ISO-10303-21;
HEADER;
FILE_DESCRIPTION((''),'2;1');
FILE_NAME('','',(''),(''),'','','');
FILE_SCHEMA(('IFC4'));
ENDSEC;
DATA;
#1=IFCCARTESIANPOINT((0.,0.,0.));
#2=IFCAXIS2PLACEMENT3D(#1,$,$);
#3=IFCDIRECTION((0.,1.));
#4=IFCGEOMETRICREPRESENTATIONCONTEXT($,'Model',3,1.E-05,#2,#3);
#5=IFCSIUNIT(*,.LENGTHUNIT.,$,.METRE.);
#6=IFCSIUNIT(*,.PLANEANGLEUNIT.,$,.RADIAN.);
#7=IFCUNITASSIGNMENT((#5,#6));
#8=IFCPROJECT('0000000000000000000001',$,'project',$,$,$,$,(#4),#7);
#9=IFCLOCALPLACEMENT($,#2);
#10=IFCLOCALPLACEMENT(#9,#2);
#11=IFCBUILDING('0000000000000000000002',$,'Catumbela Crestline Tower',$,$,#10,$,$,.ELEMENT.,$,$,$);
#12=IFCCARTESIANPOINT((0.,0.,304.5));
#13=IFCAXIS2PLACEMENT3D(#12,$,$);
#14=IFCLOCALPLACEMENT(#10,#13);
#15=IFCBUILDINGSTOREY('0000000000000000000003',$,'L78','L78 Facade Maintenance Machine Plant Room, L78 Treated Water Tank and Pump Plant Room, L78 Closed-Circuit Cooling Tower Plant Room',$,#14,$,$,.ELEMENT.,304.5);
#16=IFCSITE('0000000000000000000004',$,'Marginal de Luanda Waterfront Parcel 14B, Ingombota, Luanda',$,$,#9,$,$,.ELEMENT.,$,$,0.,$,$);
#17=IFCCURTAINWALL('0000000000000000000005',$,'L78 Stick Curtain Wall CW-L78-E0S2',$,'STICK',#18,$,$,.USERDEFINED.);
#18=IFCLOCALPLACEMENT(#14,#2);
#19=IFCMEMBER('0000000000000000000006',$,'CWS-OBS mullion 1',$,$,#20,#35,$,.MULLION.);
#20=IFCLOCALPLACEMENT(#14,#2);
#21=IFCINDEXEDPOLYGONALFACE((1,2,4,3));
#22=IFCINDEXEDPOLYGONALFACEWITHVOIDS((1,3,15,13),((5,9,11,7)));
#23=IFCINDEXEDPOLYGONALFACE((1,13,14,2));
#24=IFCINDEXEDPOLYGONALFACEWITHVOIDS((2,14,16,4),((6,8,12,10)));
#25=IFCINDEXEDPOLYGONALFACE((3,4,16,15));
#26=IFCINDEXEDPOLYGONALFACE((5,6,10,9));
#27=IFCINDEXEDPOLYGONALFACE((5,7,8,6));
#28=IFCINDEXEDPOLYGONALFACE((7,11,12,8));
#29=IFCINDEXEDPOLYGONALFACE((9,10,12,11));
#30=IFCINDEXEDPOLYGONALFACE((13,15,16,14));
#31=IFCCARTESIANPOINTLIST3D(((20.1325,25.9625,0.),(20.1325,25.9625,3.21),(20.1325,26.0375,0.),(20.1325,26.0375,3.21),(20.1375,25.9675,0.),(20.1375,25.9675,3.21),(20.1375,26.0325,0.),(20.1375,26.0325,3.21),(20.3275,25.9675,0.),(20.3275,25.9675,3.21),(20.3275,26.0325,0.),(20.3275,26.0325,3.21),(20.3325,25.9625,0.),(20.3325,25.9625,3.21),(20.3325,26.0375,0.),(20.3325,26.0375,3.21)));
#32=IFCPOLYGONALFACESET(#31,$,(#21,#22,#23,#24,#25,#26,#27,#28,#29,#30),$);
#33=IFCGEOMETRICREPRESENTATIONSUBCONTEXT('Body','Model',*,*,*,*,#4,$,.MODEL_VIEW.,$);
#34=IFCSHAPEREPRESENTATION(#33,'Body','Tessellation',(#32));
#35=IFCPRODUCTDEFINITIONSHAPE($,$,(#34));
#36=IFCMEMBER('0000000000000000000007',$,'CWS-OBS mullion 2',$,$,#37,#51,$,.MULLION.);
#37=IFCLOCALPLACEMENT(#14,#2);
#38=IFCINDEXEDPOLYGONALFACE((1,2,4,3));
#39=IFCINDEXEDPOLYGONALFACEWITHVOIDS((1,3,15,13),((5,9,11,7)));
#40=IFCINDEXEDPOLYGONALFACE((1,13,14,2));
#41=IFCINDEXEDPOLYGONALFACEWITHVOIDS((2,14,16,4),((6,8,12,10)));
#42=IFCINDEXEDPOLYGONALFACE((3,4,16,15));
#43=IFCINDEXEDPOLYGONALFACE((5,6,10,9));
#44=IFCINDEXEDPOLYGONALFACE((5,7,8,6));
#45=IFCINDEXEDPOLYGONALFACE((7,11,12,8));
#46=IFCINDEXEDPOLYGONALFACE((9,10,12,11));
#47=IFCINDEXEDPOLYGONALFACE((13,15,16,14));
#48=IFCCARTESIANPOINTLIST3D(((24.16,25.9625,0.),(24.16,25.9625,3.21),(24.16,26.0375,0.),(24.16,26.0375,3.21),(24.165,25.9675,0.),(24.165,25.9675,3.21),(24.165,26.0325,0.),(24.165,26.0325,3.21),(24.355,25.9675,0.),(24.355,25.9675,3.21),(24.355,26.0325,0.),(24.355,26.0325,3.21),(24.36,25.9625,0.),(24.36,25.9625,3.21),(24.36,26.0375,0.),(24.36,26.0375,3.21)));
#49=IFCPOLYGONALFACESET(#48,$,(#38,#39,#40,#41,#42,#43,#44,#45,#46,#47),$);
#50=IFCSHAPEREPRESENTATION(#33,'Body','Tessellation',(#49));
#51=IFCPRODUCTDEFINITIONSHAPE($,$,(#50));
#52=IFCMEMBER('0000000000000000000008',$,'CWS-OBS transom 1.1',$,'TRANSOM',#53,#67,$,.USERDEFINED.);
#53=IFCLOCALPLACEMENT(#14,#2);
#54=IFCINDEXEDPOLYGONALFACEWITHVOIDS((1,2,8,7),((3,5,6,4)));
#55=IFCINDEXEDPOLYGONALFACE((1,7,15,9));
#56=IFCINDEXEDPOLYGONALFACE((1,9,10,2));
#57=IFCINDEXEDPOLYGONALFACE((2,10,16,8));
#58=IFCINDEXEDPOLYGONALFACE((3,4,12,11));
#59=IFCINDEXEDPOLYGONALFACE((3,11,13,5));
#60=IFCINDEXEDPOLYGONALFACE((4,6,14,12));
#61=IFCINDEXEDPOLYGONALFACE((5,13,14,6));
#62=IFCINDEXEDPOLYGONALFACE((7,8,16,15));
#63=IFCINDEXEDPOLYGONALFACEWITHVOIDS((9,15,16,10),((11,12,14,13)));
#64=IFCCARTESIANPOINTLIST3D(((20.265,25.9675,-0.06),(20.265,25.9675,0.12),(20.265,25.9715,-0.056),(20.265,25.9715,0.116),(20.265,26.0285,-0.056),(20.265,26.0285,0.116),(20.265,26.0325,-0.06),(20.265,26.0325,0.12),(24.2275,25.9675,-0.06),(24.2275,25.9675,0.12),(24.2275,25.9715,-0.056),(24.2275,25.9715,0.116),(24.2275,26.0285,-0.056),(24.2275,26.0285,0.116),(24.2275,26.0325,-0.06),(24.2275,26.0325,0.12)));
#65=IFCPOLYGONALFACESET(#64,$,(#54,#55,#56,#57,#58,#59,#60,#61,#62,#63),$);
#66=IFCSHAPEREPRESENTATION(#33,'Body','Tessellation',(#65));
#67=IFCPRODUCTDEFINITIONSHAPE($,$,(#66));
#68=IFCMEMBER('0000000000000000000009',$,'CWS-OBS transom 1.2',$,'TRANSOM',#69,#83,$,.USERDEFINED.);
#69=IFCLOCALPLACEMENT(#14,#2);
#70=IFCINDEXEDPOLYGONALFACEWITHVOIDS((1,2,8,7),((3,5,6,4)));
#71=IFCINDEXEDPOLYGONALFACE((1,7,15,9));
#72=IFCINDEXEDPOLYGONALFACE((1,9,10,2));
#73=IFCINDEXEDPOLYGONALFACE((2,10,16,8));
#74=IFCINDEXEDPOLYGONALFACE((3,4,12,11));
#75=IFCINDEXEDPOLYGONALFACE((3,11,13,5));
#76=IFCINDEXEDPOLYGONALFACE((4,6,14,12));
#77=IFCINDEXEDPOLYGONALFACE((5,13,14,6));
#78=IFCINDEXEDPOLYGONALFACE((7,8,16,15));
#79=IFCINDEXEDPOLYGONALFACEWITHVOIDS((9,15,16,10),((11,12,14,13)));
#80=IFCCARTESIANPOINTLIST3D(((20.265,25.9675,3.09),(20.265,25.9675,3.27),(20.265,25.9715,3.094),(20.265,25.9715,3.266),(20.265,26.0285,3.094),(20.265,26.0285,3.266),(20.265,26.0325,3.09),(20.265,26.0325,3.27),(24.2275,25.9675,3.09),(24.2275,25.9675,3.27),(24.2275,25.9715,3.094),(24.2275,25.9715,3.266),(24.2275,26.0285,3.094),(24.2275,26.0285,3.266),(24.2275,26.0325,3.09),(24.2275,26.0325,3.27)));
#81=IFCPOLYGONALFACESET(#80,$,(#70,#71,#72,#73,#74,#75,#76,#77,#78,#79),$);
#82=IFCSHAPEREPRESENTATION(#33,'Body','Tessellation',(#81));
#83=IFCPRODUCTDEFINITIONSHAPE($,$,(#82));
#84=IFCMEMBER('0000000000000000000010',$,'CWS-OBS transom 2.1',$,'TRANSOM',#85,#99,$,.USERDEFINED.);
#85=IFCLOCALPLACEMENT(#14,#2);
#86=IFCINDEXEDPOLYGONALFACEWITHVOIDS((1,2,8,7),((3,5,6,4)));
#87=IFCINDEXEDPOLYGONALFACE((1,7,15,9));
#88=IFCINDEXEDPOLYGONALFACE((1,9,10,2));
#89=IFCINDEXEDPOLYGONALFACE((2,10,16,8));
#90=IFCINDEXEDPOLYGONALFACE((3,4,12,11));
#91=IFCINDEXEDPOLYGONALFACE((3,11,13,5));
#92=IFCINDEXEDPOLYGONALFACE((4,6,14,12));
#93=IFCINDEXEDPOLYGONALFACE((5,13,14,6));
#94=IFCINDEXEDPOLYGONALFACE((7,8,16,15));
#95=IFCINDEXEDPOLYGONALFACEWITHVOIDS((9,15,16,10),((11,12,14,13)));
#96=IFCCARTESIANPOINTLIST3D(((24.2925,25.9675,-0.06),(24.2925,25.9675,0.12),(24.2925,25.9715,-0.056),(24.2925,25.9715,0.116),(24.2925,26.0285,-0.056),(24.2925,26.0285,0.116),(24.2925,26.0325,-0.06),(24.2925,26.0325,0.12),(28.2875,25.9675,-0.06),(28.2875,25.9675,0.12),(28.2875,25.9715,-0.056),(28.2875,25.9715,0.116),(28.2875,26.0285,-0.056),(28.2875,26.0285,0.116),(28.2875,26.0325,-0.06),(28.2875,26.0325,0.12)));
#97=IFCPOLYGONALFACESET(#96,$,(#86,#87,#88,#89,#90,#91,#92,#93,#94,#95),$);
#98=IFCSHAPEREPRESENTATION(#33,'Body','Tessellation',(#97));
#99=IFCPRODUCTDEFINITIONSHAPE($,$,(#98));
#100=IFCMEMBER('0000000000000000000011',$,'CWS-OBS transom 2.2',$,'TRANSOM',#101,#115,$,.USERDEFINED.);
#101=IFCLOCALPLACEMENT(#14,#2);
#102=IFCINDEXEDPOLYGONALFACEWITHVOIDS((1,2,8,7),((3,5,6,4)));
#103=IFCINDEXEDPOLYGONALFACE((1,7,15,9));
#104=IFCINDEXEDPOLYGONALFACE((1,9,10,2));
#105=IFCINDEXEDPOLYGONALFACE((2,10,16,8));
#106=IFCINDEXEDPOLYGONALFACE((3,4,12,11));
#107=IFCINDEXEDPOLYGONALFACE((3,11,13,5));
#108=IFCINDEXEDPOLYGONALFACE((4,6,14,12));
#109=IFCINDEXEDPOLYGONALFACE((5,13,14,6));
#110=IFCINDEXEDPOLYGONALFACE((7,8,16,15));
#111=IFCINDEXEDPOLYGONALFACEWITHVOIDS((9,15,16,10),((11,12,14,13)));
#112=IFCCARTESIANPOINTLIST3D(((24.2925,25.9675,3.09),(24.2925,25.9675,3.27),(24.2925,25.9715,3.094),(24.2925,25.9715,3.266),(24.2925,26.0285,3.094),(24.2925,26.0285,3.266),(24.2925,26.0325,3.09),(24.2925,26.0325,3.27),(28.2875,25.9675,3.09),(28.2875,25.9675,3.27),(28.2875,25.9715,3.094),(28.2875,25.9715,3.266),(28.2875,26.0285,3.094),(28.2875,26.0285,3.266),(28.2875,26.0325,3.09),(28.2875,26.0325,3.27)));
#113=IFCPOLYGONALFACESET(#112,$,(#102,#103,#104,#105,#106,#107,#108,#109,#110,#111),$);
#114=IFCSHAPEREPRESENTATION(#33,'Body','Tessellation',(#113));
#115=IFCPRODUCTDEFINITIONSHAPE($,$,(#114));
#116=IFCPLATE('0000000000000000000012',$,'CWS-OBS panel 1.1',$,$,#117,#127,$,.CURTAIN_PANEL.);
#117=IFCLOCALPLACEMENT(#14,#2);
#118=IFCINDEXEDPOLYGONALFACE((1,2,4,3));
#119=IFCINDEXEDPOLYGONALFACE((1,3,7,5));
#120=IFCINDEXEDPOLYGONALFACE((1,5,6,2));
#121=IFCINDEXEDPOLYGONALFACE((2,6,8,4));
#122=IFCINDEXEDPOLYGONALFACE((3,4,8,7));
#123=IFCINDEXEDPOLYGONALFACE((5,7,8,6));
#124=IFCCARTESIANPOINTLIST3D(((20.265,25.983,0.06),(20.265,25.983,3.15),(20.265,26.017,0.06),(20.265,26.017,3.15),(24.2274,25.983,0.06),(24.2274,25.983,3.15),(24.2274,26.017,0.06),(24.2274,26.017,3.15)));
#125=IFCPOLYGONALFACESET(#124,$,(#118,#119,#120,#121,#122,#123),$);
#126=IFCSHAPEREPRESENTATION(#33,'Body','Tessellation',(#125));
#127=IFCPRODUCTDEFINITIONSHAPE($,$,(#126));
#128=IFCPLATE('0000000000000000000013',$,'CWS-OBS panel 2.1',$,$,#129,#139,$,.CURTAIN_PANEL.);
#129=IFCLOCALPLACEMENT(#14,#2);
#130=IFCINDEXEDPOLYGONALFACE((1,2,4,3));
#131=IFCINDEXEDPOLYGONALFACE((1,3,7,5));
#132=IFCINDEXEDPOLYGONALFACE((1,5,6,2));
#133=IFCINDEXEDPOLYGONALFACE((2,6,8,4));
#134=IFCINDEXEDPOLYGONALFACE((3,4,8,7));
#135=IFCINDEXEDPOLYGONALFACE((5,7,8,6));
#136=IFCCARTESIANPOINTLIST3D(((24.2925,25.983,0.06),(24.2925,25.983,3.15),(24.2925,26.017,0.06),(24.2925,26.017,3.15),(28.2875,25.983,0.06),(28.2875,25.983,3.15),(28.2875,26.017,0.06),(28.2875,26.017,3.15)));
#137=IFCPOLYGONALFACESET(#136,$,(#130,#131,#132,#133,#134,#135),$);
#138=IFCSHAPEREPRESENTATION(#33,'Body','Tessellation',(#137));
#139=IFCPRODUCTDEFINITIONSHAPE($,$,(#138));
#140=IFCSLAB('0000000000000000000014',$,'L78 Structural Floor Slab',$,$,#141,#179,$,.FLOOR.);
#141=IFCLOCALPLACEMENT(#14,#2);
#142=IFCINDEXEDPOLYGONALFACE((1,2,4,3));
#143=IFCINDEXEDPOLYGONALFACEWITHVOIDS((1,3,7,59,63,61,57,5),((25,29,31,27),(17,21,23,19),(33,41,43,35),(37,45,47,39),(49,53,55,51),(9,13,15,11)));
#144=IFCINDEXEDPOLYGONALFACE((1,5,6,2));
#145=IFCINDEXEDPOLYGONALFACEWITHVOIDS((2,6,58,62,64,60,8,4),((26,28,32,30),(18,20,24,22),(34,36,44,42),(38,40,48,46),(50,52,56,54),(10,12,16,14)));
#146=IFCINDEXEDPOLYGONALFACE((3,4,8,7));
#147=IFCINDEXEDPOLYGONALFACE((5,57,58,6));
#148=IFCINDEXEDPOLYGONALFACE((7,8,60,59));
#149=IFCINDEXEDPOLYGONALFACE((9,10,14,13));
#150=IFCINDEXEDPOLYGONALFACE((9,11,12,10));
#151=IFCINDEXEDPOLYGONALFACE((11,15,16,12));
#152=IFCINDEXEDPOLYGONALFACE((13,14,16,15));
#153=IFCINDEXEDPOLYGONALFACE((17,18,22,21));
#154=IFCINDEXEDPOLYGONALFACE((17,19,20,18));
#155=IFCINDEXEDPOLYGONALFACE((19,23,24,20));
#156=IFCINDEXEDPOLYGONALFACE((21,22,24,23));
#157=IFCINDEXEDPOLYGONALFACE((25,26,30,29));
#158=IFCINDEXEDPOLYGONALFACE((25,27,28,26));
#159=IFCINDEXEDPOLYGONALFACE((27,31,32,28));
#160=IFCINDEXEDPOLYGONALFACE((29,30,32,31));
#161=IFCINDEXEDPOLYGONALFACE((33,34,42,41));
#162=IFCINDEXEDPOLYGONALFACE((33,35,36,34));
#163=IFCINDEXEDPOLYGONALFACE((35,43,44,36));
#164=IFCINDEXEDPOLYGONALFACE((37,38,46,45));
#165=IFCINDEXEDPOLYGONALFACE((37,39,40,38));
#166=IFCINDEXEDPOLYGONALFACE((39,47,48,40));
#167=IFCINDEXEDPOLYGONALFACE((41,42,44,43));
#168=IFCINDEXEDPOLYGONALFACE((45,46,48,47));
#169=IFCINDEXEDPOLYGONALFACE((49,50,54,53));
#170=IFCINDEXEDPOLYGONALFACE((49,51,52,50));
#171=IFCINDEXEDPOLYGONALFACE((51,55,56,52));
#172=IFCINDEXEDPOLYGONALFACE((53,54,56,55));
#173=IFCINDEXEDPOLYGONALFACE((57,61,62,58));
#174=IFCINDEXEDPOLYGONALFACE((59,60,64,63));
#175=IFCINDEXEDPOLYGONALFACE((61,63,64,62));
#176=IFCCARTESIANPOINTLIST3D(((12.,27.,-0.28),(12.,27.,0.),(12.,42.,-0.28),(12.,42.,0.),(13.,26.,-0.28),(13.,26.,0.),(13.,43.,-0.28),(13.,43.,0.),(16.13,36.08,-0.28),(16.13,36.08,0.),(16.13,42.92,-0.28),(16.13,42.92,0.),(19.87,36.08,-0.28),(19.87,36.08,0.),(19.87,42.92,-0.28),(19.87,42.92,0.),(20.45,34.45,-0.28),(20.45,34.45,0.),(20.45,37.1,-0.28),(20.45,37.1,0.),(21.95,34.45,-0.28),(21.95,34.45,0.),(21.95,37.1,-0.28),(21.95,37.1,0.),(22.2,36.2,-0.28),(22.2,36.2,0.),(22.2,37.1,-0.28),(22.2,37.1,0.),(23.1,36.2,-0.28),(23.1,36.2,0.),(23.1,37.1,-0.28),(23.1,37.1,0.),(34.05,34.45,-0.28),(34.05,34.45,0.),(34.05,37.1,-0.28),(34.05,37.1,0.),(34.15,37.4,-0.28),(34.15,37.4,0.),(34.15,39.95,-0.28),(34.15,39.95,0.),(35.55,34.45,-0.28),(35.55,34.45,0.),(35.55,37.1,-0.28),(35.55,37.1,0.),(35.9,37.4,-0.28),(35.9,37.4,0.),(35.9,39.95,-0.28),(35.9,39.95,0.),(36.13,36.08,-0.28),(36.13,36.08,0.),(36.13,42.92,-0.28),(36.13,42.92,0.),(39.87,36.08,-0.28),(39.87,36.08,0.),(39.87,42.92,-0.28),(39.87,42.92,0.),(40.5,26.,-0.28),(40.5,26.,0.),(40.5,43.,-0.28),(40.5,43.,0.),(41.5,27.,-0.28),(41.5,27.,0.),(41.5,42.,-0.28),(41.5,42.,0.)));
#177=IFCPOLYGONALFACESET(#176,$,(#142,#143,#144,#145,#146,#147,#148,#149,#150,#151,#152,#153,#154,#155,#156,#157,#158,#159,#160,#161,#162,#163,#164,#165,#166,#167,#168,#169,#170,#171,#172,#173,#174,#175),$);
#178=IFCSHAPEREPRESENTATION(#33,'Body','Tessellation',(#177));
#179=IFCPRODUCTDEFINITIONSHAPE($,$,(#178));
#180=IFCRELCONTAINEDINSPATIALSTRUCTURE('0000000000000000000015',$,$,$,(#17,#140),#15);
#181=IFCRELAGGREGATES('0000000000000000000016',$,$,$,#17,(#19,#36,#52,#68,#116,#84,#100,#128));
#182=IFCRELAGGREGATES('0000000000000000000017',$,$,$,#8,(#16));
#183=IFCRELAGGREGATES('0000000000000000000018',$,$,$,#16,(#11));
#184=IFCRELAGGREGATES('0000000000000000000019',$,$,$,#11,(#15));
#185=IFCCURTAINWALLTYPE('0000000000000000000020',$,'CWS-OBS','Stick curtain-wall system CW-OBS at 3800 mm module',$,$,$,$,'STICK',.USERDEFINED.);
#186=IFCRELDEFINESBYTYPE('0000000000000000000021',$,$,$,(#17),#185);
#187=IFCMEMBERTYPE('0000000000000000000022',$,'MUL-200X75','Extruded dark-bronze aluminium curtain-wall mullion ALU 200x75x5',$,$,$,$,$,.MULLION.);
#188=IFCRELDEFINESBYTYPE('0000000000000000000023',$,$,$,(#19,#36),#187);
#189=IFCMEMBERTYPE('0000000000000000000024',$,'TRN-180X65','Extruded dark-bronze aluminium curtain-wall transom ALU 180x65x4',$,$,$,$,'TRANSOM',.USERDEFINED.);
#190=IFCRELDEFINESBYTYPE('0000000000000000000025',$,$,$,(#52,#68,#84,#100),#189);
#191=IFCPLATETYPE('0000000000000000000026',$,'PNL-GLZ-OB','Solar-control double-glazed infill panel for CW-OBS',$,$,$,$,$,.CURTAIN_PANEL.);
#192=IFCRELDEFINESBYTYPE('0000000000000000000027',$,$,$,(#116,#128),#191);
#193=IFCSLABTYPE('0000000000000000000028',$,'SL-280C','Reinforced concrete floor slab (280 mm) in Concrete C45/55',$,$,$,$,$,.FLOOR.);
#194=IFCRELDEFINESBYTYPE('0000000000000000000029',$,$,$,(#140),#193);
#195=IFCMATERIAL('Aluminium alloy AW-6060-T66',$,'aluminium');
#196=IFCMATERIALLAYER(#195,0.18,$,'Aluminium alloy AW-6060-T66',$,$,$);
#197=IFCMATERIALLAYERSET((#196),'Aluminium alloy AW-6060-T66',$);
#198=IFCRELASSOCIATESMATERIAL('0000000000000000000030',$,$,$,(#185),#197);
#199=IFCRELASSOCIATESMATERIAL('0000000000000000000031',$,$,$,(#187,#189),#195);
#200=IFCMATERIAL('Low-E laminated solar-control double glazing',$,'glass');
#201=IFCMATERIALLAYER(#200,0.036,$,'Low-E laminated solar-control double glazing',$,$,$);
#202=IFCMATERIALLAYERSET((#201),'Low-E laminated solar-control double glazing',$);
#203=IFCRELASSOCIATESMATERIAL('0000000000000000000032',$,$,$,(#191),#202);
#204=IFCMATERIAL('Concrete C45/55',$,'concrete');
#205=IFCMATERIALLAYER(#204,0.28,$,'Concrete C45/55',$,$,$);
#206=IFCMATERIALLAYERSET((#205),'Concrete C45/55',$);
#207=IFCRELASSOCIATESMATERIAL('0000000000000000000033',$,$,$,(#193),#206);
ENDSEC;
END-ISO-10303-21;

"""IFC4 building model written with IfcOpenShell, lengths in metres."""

from ifc_helpers import new_model, si_unit, direction, frame, origin, origin_2d, place, context, subcontext, project, spatial, polyline, rectangle, hollow_rectangle, outline, extrude, material, layer, layer_set, material_profile, profile_set, type_object, element, aggregate, save


model = new_model("IFC4")

# Units and contexts
model_context = context("Model", 3, precision=1e-05, world=origin(), true_north=direction((0.0, 1.0)))
body_context = subcontext(model_context, "Body", "Model", "MODEL_VIEW")
ifc_project = project(units=[si_unit("LENGTHUNIT", "METRE"), si_unit("PLANEANGLEUNIT", "RADIAN")], contexts=[model_context])

# Site, building, storey
site_placement = place(None, origin())
site = spatial("IfcSite", under=ifc_project, at=site_placement, Name="Marginal de Luanda Waterfront Parcel 14B, Ingombota, Luanda", CompositionType="ELEMENT", RefElevation=0.0)
building_placement = place(site_placement, origin())
building = spatial("IfcBuilding", under=site, at=building_placement, Name="Catumbela Crestline Tower", CompositionType="ELEMENT")
storey_placement = place(building_placement, frame((0.0, 0.0, 304.5)))
storey = spatial("IfcBuildingStorey", under=building, at=storey_placement, Name="L78", Description="L78 Facade Maintenance Machine Plant Room, L78 Treated Water Tank and Pump Plant Room, L78 Closed-Circuit Cooling Tower Plant Room", CompositionType="ELEMENT", Elevation=304.5)

# Curtain wall, members, plates
ifc_material_1 = material(Name="Aluminium alloy AW-6060-T66", Category="aluminium")
ifc_layer_1 = layer(ifc_material_1, 0.18, Name="Aluminium alloy AW-6060-T66")
ifc_layer_set_1 = layer_set([ifc_layer_1], Name="Aluminium alloy AW-6060-T66")
curtain_wall_type = type_object("IfcCurtainWallType", Name="CWS-OBS", Description="Stick curtain-wall system CW-OBS at 3800 mm module", ElementType="STICK", PredefinedType="USERDEFINED", material=ifc_layer_set_1)
curtain_wall_placement = place(storey_placement, origin())
curtain_wall = element("IfcCurtainWall", 1, at=curtain_wall_placement, inside=storey, type_object=curtain_wall_type, Name="L78 Stick Curtain Wall CW-L78-E0S2", ObjectType="STICK", PredefinedType="USERDEFINED")
ifc_material_profile_1 = material_profile(ifc_material_1, hollow_rectangle(XDim=0.075, YDim=0.2, WallThickness=0.005, at=origin_2d()), Name="ALU 200x75x5")
ifc_profile_set_1 = profile_set([ifc_material_profile_1], Name="Aluminium alloy AW-6060-T66")
member_type_1 = type_object("IfcMemberType", Name="MUL-200X75", Description="Extruded dark-bronze aluminium curtain-wall mullion ALU 200x75x5", PredefinedType="MULLION", material=ifc_profile_set_1)
member_1_placement = place(storey_placement, frame((20.2325, 26.0, 0.0), z_axis=(0.0, 0.0, 1.0), x_axis=(0.0, 1.0, 0.0)))
member_1 = element("IfcMember", 2, at=member_1_placement, type_object=member_type_1, Name="CWS-OBS mullion 1", PredefinedType="MULLION", context=body_context, shape_type="SweptSolid", body=[
    extrude(hollow_rectangle(XDim=0.075, YDim=0.2, WallThickness=0.005, at=origin_2d()), origin(), (0.0, 0.0, 1.0), 3.21),
])
member_2_placement = place(storey_placement, frame((24.26, 26.0, 0.0), z_axis=(0.0, 0.0, 1.0), x_axis=(0.0, 1.0, 0.0)))
member_2 = element("IfcMember", 3, at=member_2_placement, type_object=member_type_1, Name="CWS-OBS mullion 2", PredefinedType="MULLION", context=body_context, shape_type="SweptSolid", body=[
    extrude(hollow_rectangle(XDim=0.075, YDim=0.2, WallThickness=0.005, at=origin_2d()), origin(), (0.0, 0.0, 1.0), 3.21),
])
ifc_material_profile_2 = material_profile(ifc_material_1, hollow_rectangle(XDim=0.065, YDim=0.18, WallThickness=0.004, at=origin_2d()), Name="ALU 180x65x4")
ifc_profile_set_2 = profile_set([ifc_material_profile_2], Name="Aluminium alloy AW-6060-T66")
member_type_2 = type_object("IfcMemberType", Name="TRN-180X65", Description="Extruded dark-bronze aluminium curtain-wall transom ALU 180x65x4", ElementType="TRANSOM", PredefinedType="USERDEFINED", material=ifc_profile_set_2)
member_3_placement = place(storey_placement, frame((20.265, 26.0, 0.03), z_axis=(1.0, 0.0, 0.0), x_axis=(0.0, 1.0, 0.0)))
member_3 = element("IfcMember", 4, at=member_3_placement, type_object=member_type_2, Name="CWS-OBS transom 1.1", ObjectType="TRANSOM", PredefinedType="USERDEFINED", context=body_context, shape_type="SweptSolid", body=[
    extrude(hollow_rectangle(XDim=0.065, YDim=0.18, WallThickness=0.004, at=origin_2d()), origin(), (0.0, 0.0, 1.0), 3.9625),
])
member_4_placement = place(storey_placement, frame((20.265, 26.0, 3.18), z_axis=(1.0, 0.0, 0.0), x_axis=(0.0, 1.0, 0.0)))
member_4 = element("IfcMember", 5, at=member_4_placement, type_object=member_type_2, Name="CWS-OBS transom 1.2", ObjectType="TRANSOM", PredefinedType="USERDEFINED", context=body_context, shape_type="SweptSolid", body=[
    extrude(hollow_rectangle(XDim=0.065, YDim=0.18, WallThickness=0.004, at=origin_2d()), origin(), (0.0, 0.0, 1.0), 3.9625),
])
member_5_placement = place(storey_placement, frame((24.2925, 26.0, 0.03), z_axis=(1.0, 0.0, 0.0), x_axis=(0.0, 1.0, 0.0)))
member_5 = element("IfcMember", 6, at=member_5_placement, type_object=member_type_2, Name="CWS-OBS transom 2.1", ObjectType="TRANSOM", PredefinedType="USERDEFINED", context=body_context, shape_type="SweptSolid", body=[
    extrude(hollow_rectangle(XDim=0.065, YDim=0.18, WallThickness=0.004, at=origin_2d()), origin(), (0.0, 0.0, 1.0), 3.995),
])
member_6_placement = place(storey_placement, frame((24.2925, 26.0, 3.18), z_axis=(1.0, 0.0, 0.0), x_axis=(0.0, 1.0, 0.0)))
member_6 = element("IfcMember", 7, at=member_6_placement, type_object=member_type_2, Name="CWS-OBS transom 2.2", ObjectType="TRANSOM", PredefinedType="USERDEFINED", context=body_context, shape_type="SweptSolid", body=[
    extrude(hollow_rectangle(XDim=0.065, YDim=0.18, WallThickness=0.004, at=origin_2d()), origin(), (0.0, 0.0, 1.0), 3.995),
])
ifc_material_2 = material(Name="Low-E laminated solar-control double glazing", Category="glass")
ifc_layer_2 = layer(ifc_material_2, 0.036, Name="Low-E laminated solar-control double glazing")
ifc_layer_set_2 = layer_set([ifc_layer_2], Name="Low-E laminated solar-control double glazing")
plate_type = type_object("IfcPlateType", Name="PNL-GLZ-OB", Description="Solar-control double-glazed infill panel for CW-OBS", PredefinedType="CURTAIN_PANEL", material=ifc_layer_set_2)
plate_1_placement = place(storey_placement, frame((22.2462, 26.0, 0.06), z_axis=(0.0, 0.0, 1.0), x_axis=(1.0, 0.0, 0.0)))
plate_1 = element("IfcPlate", 8, at=plate_1_placement, type_object=plate_type, Name="CWS-OBS panel 1.1", PredefinedType="CURTAIN_PANEL", context=body_context, shape_type="SweptSolid", body=[
    extrude(rectangle(XDim=3.9625, YDim=0.034, at=origin_2d()), origin(), (0.0, 0.0, 1.0), 3.09),
])
plate_2_placement = place(storey_placement, frame((26.29, 26.0, 0.06), z_axis=(0.0, 0.0, 1.0), x_axis=(1.0, 0.0, 0.0)))
plate_2 = element("IfcPlate", 9, at=plate_2_placement, type_object=plate_type, Name="CWS-OBS panel 2.1", PredefinedType="CURTAIN_PANEL", context=body_context, shape_type="SweptSolid", body=[
    extrude(rectangle(XDim=3.995, YDim=0.034, at=origin_2d()), origin(), (0.0, 0.0, 1.0), 3.09),
])
aggregate(curtain_wall, [member_1, member_2, member_3, member_4, plate_1, member_5, member_6, plate_2])

# Slab
ifc_material_3 = material(Name="Concrete C45/55", Category="concrete")
ifc_layer_3 = layer(ifc_material_3, 0.28, Name="Concrete C45/55")
ifc_layer_set_3 = layer_set([ifc_layer_3], Name="Concrete C45/55")
slab_type_1 = type_object("IfcSlabType", Name="SL-280C", Description="Reinforced concrete floor slab (280 mm) in Concrete C45/55", PredefinedType="FLOOR", material=ifc_layer_set_3)
slab_1_placement = place(storey_placement, frame((0.0, 0.0, -0.28)))
element("IfcSlab", 10, at=slab_1_placement, inside=storey, type_object=slab_type_1, Name="L78 Structural Floor Slab", PredefinedType="FLOOR", context=body_context, shape_type="SweptSolid", body=[
    extrude(outline(polyline([(13.0, 26.0), (40.5, 26.0), (41.5, 27.0), (41.5, 42.0), (40.5, 43.0), (13.0, 43.0), (12.0, 42.0), (12.0, 27.0), (13.0, 26.0)]), holes=[polyline([(16.13, 36.08), (19.87, 36.08), (19.87, 42.92), (16.13, 42.92), (16.13, 36.08)]), polyline([(36.13, 36.08), (39.87, 36.08), (39.87, 42.92), (36.13, 42.92), (36.13, 36.08)]), polyline([(20.45, 34.45), (21.95, 34.45), (21.95, 37.1), (20.45, 37.1), (20.45, 34.45)]), polyline([(34.05, 34.45), (35.55, 34.45), (35.55, 37.1), (34.05, 37.1), (34.05, 34.45)]), polyline([(34.15, 37.4), (35.9, 37.4), (35.9, 39.95), (34.15, 39.95), (34.15, 37.4)]), polyline([(22.2, 36.2), (23.1, 36.2), (23.1, 37.1), (22.2, 37.1), (22.2, 36.2)])]), origin(), (0.0, 0.0, 1.0), 0.28),
])

save(model, "model.ifc")
